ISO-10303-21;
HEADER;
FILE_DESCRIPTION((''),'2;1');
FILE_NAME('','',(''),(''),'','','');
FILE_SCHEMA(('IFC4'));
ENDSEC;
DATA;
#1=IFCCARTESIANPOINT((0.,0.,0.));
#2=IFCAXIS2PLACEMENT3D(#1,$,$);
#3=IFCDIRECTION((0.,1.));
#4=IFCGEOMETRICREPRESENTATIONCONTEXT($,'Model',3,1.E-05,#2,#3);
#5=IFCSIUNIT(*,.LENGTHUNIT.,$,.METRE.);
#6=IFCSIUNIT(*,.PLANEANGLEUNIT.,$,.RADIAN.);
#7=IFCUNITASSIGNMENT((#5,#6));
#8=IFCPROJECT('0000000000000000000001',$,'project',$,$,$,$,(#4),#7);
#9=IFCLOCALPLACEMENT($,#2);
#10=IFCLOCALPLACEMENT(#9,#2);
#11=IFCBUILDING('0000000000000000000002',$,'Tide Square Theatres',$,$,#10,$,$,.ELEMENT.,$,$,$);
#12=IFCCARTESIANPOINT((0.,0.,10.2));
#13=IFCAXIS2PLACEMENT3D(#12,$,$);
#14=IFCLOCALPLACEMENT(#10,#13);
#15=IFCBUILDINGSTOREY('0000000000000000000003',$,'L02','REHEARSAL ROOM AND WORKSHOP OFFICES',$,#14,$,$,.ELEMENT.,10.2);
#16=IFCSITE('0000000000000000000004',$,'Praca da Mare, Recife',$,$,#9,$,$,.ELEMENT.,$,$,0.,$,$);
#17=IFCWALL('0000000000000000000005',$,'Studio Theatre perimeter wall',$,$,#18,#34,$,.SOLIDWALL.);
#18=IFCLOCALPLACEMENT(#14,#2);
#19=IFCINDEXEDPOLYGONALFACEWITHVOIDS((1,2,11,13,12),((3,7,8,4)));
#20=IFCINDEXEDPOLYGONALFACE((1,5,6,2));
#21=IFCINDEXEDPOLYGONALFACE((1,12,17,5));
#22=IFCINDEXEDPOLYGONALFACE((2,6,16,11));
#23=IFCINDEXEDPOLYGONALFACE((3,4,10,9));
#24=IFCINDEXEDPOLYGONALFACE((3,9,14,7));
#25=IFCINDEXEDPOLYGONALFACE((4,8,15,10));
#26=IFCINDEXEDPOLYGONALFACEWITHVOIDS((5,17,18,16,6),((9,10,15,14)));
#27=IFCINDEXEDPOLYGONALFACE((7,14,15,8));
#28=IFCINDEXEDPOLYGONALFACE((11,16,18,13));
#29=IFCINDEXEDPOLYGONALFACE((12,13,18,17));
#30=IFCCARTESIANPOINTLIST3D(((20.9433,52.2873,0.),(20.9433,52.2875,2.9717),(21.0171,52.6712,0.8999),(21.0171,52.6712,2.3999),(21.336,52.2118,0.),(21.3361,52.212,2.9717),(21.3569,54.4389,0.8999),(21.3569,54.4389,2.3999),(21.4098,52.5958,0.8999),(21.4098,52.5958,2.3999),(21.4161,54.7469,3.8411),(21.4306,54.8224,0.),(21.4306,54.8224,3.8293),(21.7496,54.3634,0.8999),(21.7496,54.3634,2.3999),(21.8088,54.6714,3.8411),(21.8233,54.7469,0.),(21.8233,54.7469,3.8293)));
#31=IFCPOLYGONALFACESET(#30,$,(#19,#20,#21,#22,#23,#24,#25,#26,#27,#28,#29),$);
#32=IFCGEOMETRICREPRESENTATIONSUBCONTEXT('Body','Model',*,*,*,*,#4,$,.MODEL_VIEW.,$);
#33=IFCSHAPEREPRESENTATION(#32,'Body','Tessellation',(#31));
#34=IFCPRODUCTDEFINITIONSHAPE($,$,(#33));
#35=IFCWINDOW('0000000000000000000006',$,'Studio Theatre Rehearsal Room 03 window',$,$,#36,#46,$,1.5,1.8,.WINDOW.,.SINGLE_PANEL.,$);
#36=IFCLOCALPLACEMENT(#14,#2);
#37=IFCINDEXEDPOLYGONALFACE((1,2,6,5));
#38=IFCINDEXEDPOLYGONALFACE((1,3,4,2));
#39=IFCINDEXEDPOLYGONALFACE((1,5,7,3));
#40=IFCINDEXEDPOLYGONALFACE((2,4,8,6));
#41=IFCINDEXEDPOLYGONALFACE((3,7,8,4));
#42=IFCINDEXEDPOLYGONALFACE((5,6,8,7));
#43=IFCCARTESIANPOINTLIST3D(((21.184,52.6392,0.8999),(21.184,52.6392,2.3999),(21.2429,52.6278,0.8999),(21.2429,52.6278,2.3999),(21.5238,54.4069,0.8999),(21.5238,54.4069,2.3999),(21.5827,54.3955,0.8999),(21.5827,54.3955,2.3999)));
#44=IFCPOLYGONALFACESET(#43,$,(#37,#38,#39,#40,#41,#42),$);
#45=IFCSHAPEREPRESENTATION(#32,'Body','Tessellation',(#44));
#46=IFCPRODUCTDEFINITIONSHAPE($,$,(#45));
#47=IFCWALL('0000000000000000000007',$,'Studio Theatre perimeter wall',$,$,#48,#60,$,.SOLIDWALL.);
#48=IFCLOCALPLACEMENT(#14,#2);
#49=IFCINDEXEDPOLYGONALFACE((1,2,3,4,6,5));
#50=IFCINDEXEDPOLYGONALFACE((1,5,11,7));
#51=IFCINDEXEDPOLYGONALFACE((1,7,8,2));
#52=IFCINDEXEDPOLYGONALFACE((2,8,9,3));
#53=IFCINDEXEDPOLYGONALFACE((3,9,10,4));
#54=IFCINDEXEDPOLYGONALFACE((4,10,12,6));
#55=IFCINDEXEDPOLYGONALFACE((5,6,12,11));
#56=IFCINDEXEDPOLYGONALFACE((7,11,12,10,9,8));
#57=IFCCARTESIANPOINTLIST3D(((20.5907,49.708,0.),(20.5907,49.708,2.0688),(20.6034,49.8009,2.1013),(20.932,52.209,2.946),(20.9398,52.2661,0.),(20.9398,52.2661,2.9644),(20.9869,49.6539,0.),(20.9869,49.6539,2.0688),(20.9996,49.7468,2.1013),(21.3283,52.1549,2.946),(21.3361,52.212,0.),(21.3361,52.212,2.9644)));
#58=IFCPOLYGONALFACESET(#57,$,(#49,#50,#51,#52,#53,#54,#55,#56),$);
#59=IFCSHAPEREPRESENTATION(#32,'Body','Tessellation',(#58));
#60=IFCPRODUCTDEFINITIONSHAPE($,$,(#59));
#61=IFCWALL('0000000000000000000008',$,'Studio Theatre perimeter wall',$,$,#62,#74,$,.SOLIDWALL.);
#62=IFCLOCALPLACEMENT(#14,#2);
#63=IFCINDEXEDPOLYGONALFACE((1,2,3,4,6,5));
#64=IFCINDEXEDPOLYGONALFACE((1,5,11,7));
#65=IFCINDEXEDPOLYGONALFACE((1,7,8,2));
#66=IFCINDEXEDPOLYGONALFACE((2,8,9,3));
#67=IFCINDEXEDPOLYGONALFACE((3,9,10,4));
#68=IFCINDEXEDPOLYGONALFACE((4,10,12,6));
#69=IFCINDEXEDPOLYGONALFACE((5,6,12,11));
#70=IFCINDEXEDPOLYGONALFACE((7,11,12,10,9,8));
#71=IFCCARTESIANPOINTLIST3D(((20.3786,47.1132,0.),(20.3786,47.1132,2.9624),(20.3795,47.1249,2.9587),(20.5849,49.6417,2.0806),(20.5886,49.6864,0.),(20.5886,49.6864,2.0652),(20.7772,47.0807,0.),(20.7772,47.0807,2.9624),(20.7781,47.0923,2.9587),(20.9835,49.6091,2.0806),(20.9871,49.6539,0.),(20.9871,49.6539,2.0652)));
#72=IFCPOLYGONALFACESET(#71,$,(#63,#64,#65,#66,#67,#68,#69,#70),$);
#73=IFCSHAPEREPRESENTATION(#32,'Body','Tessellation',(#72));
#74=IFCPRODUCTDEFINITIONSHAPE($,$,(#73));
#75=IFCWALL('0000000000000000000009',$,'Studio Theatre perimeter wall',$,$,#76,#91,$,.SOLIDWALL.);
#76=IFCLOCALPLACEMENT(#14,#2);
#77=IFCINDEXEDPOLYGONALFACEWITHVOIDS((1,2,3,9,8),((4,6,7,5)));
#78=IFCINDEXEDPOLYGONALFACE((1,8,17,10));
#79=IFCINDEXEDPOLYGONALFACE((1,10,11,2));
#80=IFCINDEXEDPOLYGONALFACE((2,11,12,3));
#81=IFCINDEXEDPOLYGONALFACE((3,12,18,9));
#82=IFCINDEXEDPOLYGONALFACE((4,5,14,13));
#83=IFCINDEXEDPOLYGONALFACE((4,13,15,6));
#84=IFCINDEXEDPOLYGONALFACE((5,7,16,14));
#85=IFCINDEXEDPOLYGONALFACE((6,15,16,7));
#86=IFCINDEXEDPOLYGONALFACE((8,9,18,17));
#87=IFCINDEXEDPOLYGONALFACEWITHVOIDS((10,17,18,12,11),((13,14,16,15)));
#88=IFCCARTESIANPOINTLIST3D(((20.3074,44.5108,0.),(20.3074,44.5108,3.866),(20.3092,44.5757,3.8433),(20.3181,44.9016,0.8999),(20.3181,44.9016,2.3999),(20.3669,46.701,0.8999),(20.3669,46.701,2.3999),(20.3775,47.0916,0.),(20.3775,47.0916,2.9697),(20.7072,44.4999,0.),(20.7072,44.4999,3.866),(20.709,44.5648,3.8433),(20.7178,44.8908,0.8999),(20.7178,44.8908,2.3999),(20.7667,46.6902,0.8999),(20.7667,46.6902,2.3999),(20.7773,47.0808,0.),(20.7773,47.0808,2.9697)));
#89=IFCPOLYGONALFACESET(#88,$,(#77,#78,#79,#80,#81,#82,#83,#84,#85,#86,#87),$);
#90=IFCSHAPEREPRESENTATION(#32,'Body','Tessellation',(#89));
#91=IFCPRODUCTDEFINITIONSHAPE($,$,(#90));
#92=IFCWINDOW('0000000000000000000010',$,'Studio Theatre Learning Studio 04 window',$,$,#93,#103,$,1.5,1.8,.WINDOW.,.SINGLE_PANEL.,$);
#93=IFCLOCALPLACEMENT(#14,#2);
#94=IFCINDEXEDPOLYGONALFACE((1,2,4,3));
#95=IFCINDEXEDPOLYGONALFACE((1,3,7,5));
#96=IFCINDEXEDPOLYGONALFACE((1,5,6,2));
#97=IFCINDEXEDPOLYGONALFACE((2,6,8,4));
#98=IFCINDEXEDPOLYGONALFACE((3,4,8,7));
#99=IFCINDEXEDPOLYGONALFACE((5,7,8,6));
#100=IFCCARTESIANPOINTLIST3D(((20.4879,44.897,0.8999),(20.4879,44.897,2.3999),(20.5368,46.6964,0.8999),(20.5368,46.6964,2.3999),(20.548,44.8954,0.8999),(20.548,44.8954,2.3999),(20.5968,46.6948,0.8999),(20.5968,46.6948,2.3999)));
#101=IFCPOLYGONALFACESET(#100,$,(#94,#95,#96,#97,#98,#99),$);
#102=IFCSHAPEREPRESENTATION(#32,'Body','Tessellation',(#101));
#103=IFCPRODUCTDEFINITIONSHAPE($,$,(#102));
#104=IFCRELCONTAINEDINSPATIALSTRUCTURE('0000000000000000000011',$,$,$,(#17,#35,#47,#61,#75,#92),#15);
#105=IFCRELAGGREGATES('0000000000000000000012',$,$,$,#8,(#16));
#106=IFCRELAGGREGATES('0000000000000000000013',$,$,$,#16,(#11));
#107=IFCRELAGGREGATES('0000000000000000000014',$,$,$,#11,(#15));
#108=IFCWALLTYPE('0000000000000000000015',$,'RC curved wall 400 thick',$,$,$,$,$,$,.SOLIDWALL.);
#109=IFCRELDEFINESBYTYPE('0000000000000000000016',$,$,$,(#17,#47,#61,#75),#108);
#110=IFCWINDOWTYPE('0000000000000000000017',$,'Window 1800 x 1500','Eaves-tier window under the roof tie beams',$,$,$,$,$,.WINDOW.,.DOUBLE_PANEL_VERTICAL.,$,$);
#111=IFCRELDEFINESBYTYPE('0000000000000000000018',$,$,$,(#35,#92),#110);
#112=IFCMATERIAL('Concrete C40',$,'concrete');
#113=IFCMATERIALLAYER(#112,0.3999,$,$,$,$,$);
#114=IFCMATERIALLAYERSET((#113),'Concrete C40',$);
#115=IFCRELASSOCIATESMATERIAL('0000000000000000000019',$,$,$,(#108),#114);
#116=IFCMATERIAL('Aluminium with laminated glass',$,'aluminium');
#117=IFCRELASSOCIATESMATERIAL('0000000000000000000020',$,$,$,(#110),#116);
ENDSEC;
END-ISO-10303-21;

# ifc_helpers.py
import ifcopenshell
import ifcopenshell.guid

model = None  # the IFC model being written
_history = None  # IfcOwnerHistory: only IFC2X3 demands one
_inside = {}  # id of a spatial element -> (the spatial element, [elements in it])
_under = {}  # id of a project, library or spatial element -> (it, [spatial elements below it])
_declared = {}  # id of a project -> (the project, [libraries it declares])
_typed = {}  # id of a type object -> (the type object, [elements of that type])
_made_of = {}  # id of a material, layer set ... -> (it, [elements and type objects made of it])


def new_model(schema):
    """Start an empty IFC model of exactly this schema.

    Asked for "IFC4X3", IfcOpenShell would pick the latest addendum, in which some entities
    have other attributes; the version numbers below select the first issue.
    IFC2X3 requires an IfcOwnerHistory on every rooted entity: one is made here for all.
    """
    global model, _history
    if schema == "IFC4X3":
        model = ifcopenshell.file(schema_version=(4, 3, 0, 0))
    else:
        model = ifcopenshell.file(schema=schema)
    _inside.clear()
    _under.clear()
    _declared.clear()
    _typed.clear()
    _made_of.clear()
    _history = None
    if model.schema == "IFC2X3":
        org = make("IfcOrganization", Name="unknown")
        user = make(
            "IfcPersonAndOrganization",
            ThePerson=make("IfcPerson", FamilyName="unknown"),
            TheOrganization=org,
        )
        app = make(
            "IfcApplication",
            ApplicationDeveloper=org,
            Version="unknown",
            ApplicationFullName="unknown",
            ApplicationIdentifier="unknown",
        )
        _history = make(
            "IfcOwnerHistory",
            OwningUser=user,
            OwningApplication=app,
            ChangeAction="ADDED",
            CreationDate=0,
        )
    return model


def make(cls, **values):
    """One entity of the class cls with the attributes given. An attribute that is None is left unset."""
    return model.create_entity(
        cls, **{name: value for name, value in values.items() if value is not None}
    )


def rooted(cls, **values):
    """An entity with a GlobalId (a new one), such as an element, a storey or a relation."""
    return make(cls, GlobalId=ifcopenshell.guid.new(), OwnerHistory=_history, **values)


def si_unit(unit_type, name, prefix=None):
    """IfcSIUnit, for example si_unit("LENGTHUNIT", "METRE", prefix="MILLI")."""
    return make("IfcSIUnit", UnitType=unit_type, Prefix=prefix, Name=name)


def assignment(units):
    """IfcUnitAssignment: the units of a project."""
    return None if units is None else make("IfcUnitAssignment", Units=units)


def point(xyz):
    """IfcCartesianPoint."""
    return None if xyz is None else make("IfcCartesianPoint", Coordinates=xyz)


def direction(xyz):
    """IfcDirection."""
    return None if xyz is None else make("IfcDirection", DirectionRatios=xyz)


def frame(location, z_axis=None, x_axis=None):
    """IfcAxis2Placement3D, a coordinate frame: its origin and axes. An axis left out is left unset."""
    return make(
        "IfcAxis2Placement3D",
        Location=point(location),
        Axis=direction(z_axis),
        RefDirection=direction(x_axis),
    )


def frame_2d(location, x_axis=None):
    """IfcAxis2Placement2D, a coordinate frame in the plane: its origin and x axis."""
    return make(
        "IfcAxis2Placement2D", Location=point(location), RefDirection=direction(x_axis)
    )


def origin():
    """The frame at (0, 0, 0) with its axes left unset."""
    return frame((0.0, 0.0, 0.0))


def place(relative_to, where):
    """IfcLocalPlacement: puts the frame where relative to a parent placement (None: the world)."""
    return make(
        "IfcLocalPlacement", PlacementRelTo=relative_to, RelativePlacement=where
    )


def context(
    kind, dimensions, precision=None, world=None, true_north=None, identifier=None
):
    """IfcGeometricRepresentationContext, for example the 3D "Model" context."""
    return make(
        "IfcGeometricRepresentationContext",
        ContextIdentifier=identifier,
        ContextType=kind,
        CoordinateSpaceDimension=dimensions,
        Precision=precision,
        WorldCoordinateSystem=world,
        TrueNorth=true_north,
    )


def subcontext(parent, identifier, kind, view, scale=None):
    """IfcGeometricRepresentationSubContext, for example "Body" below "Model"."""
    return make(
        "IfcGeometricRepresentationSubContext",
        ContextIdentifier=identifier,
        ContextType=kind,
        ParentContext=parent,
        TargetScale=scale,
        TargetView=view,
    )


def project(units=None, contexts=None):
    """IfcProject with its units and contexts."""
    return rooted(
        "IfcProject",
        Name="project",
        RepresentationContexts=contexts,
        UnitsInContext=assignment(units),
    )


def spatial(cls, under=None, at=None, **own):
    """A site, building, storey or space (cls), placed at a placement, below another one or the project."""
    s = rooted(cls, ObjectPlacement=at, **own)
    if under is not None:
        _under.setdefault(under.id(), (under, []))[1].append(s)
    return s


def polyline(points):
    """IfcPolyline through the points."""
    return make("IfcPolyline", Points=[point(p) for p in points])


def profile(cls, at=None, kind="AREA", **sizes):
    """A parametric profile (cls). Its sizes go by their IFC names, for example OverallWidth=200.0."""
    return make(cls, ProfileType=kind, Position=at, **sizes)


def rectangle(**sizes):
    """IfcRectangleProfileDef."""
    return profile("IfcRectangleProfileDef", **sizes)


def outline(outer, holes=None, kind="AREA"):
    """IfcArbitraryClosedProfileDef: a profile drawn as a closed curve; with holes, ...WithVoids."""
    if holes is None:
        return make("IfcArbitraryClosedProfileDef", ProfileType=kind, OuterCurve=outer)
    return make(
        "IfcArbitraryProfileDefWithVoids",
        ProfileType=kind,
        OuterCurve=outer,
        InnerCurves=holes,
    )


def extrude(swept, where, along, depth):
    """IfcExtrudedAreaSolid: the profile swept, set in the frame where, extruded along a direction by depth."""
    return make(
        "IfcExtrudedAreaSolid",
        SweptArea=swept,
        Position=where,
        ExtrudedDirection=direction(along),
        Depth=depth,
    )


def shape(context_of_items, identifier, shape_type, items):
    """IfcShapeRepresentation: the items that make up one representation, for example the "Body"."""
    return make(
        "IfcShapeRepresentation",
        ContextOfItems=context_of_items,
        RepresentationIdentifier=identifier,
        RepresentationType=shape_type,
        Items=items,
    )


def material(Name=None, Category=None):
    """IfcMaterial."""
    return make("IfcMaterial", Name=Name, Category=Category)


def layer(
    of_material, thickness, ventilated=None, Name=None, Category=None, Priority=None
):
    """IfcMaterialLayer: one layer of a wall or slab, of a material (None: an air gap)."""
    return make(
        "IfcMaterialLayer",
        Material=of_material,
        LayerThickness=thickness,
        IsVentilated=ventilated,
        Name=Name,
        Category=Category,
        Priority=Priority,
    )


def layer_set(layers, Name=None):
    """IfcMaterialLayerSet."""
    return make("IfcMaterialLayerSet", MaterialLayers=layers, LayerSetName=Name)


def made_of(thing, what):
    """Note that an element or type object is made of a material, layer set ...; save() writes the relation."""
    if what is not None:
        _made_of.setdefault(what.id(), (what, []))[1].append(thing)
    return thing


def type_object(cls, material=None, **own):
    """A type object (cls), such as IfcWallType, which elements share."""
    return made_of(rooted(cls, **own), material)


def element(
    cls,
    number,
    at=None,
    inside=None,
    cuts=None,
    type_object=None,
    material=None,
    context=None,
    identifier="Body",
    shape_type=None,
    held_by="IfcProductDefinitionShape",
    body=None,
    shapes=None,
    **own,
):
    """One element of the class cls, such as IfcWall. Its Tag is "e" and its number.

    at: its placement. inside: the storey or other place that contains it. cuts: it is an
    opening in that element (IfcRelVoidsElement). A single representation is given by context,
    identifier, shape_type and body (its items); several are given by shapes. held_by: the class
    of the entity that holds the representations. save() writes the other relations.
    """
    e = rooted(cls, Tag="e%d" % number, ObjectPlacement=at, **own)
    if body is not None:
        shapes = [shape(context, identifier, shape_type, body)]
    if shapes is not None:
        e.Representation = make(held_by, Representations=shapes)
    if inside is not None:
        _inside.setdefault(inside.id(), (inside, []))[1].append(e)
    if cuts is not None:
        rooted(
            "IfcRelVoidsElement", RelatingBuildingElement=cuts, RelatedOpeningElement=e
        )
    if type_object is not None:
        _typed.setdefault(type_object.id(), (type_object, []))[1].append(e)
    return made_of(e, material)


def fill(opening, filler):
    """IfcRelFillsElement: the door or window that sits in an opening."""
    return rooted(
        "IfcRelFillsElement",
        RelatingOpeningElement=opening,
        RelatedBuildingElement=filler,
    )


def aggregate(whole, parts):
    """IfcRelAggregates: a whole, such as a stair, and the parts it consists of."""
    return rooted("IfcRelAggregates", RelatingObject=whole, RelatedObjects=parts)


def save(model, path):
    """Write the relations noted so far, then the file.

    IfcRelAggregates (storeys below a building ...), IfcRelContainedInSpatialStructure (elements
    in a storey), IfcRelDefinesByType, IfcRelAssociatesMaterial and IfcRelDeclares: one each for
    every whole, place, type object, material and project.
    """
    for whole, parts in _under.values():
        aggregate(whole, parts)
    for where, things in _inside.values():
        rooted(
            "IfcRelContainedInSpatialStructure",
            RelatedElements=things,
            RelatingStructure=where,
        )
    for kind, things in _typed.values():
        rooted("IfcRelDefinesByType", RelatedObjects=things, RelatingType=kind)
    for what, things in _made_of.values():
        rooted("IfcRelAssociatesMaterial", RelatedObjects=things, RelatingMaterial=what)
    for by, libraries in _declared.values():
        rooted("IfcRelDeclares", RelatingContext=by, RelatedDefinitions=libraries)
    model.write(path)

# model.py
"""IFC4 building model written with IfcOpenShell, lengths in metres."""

from ifc_helpers import new_model, si_unit, direction, frame, frame_2d, origin, place, context, subcontext, project, spatial, polyline, rectangle, outline, extrude, material, layer, layer_set, type_object, element, fill, save


model = new_model("IFC4")

# Units and contexts
model_context = context("Model", 3, precision=1e-05, world=origin(), true_north=direction((0.0, 1.0)))
body_context = subcontext(model_context, "Body", "Model", "MODEL_VIEW")
ifc_project = project(units=[si_unit("LENGTHUNIT", "METRE"), si_unit("PLANEANGLEUNIT", "RADIAN")], contexts=[model_context])

# Site, building, storey
site_placement = place(None, origin())
site = spatial("IfcSite", under=ifc_project, at=site_placement, Name="Praca da Mare, Recife", CompositionType="ELEMENT", RefElevation=0.0)
building_placement = place(site_placement, origin())
building = spatial("IfcBuilding", under=site, at=building_placement, Name="Tide Square Theatres", CompositionType="ELEMENT")
storey_placement = place(building_placement, frame((0.0, 0.0, 10.2)))
storey = spatial("IfcBuildingStorey", under=building, at=storey_placement, Name="L02", Description="REHEARSAL ROOM AND WORKSHOP OFFICES", CompositionType="ELEMENT", Elevation=10.2)

# Wall, opening, window
ifc_material_1 = material(Name="Concrete C40", Category="concrete")
ifc_layer_1 = layer(ifc_material_1, 0.3999)
ifc_layer_set_1 = layer_set([ifc_layer_1], Name="Concrete C40")
wall_type_1 = type_object("IfcWallType", Name="RC curved wall 400 thick", PredefinedType="SOLIDWALL", material=ifc_layer_set_1)
wall_1_placement = place(storey_placement, frame((21.627, 54.7847, 0.0), z_axis=(0.0, 0.0, 1.0), x_axis=(-0.188763, -0.982023, 0.0)))
wall_1 = element("IfcWall", 1, at=wall_1_placement, inside=storey, type_object=wall_type_1, Name="Studio Theatre perimeter wall", PredefinedType="SOLIDWALL", context=body_context, shape_type="SweptSolid", body=[
    extrude(outline(polyline([(0.0, 0.0), (2.5815, 0.0), (2.5813, 2.9717), (2.5117, 2.9958), (0.0769, 3.8411), (0.0, 3.8293), (0.0, 0.0)])), frame((0.0, 0.2, 0.0), z_axis=(0.0, -1.0, 0.0), x_axis=(1.0, 0.0, 0.0)), (0.0, 0.0, 1.0), 0.3999),
])
opening_1_placement = place(wall_1_placement, frame((0.3906, 0.0, 0.8999)))
opening_1 = element("IfcOpeningElement", 2, at=opening_1_placement, cuts=wall_1, PredefinedType="OPENING", context=body_context, shape_type="SweptSolid", body=[
    extrude(rectangle(XDim=1.8, YDim=1.5, at=frame_2d((0.8999, 0.75))), frame((0.0, 0.21, 0.0), z_axis=(0.0, -1.0, 0.0), x_axis=(1.0, 0.0, 0.0)), (0.0, 0.0, 1.0), 0.4199),
])
ifc_material_2 = material(Name="Aluminium with laminated glass", Category="aluminium")
window_type = type_object("IfcWindowType", Name="Window 1800 x 1500", Description="Eaves-tier window under the roof tie beams", PartitioningType="DOUBLE_PANEL_VERTICAL", PredefinedType="WINDOW", material=ifc_material_2)
window_1_placement = place(opening_1_placement, origin())
window_1 = element("IfcWindow", 3, at=window_1_placement, inside=storey, type_object=window_type, Name="Studio Theatre Rehearsal Room 03 window", OverallHeight=1.5, OverallWidth=1.8, PartitioningType="SINGLE_PANEL", PredefinedType="WINDOW", context=body_context, shape_type="SweptSolid", body=[
    extrude(rectangle(XDim=1.8, YDim=1.5, at=frame_2d((0.8999, 0.75))), frame((0.0, 0.03, 0.0), z_axis=(0.0, -1.0, 0.0), x_axis=(1.0, 0.0, 0.0)), (0.0, 0.0, 1.0), 0.0601),
])
fill(opening_1, window_1)

# Walls
wall_2_placement = place(storey_placement, frame((21.1379, 52.239, 0.0), z_axis=(0.0, 0.0, 1.0), x_axis=(-0.135223, -0.990815, 0.0)))
element("IfcWall", 4, at=wall_2_placement, inside=storey, type_object=wall_type_1, Name="Studio Theatre perimeter wall", PredefinedType="SOLIDWALL", context=body_context, shape_type="SweptSolid", body=[
    extrude(outline(polyline([(0.0, 0.0), (2.5818, 0.0), (2.5818, 2.0688), (2.488, 2.1013), (0.0576, 2.946), (0.0, 2.9644), (0.0, 0.0)])), frame((0.0, 0.2, 0.0), z_axis=(0.0, -1.0, 0.0), x_axis=(1.0, 0.0, 0.0)), (0.0, 0.0, 1.0), 0.3999),
])
wall_3_placement = place(storey_placement, frame((20.7878, 49.6702, 0.0), z_axis=(0.0, 0.0, 1.0), x_axis=(-0.081324, -0.996688, 0.0)))
element("IfcWall", 5, at=wall_3_placement, inside=storey, type_object=wall_type_1, Name="Studio Theatre perimeter wall", PredefinedType="SOLIDWALL", context=body_context, shape_type="SweptSolid", body=[
    extrude(outline(polyline([(0.0, 0.0), (2.5818, 0.0), (2.5818, 2.9624), (2.5701, 2.9587), (0.0449, 2.0806), (0.0, 2.0652), (0.0, 0.0)])), frame((0.0, 0.2, 0.0), z_axis=(0.0, -1.0, 0.0), x_axis=(1.0, 0.0, 0.0)), (0.0, 0.0, 1.0), 0.3999),
])

# Wall, opening, window
wall_4_placement = place(storey_placement, frame((20.5774, 47.0862, 0.0), z_axis=(0.0, 0.0, 1.0), x_axis=(-0.02714, -0.999632, 0.0)))
wall_4 = element("IfcWall", 6, at=wall_4_placement, inside=storey, type_object=wall_type_1, Name="Studio Theatre perimeter wall", PredefinedType="SOLIDWALL", context=body_context, shape_type="SweptSolid", body=[
    extrude(outline(polyline([(0.0, 0.0), (2.5818, 0.0), (2.5818, 3.866), (2.5168, 3.8433), (0.0, 2.9697), (0.0, 0.0)])), frame((0.0, 0.2, 0.0), z_axis=(0.0, -1.0, 0.0), x_axis=(1.0, 0.0, 0.0)), (0.0, 0.0, 1.0), 0.3999),
])
opening_2_placement = place(wall_4_placement, frame((0.3909, 0.0, 0.8999)))
opening_2 = element("IfcOpeningElement", 7, at=opening_2_placement, cuts=wall_4, PredefinedType="OPENING", context=body_context, shape_type="SweptSolid", body=[
    extrude(rectangle(XDim=1.8, YDim=1.5, at=frame_2d((0.8999, 0.75))), frame((0.0, 0.21, 0.0), z_axis=(0.0, -1.0, 0.0), x_axis=(1.0, 0.0, 0.0)), (0.0, 0.0, 1.0), 0.4199),
])
window_2_placement = place(opening_2_placement, origin())
window_2 = element("IfcWindow", 8, at=window_2_placement, inside=storey, type_object=window_type, Name="Studio Theatre Learning Studio 04 window", OverallHeight=1.5, OverallWidth=1.8, PartitioningType="SINGLE_PANEL", PredefinedType="WINDOW", context=body_context, shape_type="SweptSolid", body=[
    extrude(rectangle(XDim=1.8, YDim=1.5, at=frame_2d((0.8999, 0.75))), frame((0.0, 0.03, 0.0), z_axis=(0.0, -1.0, 0.0), x_axis=(1.0, 0.0, 0.0)), (0.0, 0.0, 1.0), 0.0601),
])
fill(opening_2, window_2)

save(model, "model.ifc")
